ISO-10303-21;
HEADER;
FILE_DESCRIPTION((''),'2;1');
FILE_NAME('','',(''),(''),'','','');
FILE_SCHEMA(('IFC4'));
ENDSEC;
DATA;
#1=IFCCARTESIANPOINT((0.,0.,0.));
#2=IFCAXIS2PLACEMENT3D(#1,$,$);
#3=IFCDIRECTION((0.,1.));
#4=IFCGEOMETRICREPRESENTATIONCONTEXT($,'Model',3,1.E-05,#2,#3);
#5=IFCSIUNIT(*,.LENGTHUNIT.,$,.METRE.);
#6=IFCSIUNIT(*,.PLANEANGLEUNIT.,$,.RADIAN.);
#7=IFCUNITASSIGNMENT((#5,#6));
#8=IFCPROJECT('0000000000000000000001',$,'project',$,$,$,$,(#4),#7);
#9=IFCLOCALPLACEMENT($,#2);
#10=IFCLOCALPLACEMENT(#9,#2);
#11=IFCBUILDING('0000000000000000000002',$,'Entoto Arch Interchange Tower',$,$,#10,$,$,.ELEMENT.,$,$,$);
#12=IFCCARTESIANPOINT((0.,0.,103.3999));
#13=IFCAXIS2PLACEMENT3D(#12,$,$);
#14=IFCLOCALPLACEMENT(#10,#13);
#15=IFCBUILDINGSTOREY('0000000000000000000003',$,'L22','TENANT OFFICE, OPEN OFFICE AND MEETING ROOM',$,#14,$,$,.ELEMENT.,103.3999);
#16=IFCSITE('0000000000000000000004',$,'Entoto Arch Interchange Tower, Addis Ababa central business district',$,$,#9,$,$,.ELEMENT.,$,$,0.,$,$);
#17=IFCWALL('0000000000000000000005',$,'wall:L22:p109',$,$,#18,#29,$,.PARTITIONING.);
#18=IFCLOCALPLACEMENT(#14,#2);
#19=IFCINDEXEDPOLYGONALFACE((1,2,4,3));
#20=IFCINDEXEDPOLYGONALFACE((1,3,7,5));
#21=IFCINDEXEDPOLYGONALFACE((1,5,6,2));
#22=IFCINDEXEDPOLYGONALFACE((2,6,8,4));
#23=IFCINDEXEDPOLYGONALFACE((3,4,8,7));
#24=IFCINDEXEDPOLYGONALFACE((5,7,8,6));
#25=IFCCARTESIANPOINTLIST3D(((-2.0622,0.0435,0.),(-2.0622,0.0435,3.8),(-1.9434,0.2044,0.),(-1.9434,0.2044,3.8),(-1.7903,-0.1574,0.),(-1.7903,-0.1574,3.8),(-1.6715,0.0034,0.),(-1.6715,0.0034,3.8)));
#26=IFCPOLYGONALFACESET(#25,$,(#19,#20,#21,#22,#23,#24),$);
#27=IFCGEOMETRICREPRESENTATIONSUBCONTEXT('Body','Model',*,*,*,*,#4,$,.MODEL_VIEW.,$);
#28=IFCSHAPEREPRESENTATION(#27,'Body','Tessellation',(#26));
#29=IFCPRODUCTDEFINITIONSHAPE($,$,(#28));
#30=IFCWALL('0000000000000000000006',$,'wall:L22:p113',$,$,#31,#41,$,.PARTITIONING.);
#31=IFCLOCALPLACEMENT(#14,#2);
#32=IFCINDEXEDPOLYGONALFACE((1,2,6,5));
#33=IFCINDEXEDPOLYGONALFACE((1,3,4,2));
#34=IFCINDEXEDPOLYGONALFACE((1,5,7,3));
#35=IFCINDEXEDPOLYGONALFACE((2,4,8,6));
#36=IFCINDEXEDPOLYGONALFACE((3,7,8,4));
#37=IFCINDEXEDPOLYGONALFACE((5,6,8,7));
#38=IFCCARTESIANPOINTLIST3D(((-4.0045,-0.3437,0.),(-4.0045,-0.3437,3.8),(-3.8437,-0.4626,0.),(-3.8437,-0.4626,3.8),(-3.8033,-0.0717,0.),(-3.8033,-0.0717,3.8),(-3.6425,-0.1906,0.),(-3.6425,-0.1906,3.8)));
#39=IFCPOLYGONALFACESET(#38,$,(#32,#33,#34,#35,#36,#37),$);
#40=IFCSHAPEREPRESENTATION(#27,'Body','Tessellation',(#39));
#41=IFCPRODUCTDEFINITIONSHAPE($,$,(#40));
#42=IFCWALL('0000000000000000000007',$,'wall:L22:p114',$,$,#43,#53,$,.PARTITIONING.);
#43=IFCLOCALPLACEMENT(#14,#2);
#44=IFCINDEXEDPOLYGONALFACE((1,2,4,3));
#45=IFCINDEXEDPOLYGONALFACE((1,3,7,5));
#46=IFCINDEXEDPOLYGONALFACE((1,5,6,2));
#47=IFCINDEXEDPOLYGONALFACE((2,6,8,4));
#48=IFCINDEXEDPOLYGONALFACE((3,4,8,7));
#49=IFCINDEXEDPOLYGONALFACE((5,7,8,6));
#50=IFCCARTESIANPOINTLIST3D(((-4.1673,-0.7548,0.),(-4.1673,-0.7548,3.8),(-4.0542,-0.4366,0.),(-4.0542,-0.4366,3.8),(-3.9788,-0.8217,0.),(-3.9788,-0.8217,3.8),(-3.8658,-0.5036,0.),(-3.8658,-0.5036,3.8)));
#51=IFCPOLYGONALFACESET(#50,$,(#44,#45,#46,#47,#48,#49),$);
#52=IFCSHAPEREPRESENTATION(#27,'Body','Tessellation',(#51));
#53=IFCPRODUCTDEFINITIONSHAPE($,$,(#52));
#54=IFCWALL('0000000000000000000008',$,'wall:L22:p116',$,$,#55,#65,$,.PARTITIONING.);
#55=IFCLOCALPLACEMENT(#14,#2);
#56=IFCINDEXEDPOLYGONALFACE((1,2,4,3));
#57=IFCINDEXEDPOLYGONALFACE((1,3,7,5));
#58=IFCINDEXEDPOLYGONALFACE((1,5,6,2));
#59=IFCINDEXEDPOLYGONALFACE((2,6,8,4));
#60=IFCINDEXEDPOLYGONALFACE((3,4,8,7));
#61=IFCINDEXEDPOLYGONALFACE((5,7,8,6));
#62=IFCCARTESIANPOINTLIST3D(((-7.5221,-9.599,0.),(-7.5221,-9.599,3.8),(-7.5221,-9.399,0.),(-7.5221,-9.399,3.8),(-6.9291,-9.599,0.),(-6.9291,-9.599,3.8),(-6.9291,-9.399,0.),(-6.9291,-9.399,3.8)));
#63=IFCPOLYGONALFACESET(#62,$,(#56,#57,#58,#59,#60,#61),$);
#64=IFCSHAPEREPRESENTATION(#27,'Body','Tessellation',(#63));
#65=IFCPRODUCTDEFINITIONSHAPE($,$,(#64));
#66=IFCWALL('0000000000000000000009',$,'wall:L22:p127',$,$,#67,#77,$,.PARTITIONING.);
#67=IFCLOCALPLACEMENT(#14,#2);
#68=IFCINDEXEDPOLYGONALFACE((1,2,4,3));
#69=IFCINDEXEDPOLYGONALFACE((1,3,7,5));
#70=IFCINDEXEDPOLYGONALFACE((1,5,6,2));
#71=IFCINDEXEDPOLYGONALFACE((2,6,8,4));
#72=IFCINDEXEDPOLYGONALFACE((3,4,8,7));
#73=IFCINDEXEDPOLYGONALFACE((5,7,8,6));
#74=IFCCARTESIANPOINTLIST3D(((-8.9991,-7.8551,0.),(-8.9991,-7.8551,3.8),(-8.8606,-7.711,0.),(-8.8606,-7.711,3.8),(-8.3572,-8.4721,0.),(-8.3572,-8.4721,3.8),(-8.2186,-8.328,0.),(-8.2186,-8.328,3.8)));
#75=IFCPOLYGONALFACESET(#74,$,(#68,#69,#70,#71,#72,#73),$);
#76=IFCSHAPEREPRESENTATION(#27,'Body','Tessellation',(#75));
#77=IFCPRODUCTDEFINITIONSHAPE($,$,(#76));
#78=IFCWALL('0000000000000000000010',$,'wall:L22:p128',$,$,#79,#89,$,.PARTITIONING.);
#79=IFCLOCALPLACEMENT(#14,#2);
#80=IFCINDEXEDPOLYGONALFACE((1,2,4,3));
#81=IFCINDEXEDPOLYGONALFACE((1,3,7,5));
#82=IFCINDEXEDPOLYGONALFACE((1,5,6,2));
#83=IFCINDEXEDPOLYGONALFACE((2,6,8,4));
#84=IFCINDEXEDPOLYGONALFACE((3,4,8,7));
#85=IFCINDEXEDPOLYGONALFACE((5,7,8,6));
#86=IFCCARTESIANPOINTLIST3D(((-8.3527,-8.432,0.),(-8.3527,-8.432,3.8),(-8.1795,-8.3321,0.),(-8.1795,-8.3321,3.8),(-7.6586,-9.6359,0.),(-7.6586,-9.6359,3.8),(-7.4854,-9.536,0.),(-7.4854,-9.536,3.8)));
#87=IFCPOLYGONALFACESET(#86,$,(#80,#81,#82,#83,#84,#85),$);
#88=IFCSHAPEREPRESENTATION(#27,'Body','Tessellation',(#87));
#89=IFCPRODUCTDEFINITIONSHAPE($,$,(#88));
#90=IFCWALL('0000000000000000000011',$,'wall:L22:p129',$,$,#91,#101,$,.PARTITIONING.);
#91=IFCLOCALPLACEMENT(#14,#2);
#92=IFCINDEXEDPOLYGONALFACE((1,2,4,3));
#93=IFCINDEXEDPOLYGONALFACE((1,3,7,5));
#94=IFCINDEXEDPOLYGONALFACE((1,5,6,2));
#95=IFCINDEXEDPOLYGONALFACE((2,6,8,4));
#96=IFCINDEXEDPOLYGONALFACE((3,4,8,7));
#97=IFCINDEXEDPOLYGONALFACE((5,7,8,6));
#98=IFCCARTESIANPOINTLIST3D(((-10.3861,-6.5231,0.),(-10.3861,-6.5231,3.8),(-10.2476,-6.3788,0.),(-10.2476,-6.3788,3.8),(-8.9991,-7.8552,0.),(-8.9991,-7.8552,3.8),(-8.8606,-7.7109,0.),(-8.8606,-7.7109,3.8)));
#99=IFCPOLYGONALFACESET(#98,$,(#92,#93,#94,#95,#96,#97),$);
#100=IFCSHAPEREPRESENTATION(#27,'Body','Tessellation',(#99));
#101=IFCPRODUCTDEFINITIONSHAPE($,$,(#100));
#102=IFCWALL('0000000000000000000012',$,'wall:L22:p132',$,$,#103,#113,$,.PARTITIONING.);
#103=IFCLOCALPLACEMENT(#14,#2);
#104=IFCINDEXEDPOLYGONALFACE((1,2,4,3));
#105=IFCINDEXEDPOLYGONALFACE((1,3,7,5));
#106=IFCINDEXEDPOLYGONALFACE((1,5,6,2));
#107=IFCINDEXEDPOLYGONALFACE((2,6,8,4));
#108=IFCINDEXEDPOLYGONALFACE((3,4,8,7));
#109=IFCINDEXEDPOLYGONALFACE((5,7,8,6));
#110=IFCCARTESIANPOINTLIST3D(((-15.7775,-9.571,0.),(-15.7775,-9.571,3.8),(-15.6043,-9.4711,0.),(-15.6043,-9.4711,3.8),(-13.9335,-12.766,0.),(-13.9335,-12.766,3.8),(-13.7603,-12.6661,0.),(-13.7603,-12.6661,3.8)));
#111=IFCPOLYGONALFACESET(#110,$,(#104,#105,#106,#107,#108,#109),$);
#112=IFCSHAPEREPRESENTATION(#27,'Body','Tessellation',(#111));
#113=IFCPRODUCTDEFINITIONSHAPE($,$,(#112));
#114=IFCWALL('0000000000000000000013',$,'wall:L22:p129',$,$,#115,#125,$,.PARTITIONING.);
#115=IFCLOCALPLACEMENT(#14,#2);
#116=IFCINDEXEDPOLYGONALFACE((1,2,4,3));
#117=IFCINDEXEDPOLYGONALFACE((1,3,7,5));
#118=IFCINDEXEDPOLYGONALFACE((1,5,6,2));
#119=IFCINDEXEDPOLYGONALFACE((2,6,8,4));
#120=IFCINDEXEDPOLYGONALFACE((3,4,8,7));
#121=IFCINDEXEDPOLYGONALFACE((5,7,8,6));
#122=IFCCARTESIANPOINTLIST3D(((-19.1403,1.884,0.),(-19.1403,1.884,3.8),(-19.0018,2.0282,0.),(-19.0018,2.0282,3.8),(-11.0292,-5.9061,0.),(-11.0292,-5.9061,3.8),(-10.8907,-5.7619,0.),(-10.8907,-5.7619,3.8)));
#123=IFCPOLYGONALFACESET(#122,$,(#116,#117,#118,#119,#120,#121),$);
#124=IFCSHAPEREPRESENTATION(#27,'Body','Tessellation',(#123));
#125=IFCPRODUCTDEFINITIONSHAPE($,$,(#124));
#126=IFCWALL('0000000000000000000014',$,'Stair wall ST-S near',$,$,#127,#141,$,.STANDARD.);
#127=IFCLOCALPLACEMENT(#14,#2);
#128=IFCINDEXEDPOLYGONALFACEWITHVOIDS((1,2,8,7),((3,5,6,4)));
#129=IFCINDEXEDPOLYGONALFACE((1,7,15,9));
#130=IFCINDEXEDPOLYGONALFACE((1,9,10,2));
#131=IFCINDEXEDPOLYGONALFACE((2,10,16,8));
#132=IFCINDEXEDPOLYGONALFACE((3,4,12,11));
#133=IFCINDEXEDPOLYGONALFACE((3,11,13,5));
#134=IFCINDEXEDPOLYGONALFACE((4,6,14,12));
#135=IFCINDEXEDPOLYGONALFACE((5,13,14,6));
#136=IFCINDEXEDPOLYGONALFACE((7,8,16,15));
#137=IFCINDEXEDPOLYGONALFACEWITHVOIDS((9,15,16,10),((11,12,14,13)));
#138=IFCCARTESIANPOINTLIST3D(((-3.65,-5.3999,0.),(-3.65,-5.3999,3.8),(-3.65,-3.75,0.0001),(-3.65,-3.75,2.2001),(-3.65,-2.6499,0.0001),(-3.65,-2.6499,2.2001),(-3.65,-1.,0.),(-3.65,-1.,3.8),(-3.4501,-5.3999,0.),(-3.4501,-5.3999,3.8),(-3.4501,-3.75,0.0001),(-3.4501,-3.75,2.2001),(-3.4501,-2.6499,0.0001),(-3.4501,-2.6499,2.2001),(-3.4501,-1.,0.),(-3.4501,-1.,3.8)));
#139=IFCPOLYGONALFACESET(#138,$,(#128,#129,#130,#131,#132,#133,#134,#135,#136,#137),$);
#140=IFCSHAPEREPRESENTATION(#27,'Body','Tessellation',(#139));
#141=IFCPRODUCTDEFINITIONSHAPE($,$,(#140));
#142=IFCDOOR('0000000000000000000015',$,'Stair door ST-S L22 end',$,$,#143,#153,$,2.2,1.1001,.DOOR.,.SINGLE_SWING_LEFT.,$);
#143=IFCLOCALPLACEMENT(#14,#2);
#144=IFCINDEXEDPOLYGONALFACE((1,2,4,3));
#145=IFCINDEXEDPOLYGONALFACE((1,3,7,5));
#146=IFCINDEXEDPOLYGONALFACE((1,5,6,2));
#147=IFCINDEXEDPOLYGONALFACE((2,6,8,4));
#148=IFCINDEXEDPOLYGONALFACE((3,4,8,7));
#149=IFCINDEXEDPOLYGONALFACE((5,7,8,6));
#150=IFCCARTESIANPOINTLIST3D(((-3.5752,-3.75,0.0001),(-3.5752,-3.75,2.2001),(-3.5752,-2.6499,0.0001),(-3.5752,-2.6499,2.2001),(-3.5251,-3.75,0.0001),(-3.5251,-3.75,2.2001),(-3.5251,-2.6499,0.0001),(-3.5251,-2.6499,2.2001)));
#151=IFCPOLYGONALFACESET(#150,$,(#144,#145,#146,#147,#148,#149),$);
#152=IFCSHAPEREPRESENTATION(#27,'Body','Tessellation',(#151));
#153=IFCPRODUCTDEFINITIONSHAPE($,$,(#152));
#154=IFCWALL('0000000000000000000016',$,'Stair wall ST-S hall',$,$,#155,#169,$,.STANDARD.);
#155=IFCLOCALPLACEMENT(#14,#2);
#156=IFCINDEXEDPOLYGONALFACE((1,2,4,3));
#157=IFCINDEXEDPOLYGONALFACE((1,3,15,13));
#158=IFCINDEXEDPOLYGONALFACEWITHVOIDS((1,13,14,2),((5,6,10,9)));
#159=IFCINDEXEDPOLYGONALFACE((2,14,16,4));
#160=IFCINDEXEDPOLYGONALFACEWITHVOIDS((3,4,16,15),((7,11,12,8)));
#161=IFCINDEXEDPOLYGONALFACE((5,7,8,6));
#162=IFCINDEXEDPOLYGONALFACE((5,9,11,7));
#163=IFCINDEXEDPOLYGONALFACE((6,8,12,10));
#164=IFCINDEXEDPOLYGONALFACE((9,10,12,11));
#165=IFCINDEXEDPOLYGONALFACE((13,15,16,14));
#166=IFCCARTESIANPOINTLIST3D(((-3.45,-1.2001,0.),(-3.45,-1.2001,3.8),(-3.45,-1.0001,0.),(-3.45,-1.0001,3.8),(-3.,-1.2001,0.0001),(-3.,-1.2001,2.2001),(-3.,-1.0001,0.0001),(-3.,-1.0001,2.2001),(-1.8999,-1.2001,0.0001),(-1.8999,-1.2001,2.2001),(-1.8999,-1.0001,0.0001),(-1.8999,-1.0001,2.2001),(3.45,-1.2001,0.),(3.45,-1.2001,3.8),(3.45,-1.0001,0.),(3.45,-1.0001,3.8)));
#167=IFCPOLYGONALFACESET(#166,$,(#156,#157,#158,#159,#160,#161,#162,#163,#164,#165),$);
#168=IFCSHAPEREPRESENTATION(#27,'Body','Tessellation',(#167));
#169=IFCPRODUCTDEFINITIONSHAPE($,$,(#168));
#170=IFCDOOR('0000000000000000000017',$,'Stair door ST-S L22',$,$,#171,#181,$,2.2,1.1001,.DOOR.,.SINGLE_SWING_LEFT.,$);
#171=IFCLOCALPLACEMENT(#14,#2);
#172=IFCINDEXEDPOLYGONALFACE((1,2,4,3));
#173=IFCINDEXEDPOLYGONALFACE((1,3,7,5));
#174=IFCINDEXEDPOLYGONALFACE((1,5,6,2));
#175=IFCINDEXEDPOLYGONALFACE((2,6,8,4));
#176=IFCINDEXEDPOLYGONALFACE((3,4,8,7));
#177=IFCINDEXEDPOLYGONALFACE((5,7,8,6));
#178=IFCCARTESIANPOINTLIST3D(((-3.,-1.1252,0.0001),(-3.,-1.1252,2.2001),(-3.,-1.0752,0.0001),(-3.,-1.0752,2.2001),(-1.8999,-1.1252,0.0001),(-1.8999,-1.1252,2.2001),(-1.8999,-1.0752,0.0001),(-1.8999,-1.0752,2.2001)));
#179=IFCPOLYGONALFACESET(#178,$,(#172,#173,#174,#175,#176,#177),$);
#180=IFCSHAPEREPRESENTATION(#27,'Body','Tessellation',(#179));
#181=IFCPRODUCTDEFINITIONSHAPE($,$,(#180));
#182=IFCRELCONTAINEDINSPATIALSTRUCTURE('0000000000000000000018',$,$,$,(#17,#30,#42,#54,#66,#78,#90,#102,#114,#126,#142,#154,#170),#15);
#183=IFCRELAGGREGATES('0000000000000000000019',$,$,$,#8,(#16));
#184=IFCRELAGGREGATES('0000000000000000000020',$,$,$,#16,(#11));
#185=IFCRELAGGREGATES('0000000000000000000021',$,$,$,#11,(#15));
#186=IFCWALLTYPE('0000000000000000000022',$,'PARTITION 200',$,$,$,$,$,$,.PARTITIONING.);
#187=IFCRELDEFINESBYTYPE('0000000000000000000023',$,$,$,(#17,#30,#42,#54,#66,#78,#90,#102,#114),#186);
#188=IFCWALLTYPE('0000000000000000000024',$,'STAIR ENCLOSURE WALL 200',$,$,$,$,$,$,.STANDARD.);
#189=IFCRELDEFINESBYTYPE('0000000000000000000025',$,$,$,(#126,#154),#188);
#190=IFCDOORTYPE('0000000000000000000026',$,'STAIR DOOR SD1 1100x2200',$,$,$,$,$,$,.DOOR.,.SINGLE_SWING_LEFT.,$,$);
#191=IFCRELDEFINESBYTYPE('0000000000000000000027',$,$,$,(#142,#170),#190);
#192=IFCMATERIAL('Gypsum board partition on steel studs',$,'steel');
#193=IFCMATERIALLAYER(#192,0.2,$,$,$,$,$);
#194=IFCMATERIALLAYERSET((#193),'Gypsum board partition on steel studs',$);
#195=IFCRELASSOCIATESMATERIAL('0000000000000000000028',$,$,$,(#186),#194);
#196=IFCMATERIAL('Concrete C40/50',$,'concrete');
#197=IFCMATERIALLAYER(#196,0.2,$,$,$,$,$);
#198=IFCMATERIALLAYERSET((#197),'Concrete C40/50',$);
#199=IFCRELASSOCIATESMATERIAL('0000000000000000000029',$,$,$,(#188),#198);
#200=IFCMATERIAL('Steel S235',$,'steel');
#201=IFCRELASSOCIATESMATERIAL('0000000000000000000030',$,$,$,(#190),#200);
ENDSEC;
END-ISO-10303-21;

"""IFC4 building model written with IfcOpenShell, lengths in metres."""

from ifc_helpers import new_model, si_unit, direction, frame, frame_2d, origin, place, context, subcontext, project, spatial, rectangle, extrude, material, layer, layer_set, type_object, element, fill, save


model = new_model("IFC4")

# Units and contexts
model_context = context("Model", 3, precision=1e-05, world=origin(), true_north=direction((0.0, 1.0)))
body_context = subcontext(model_context, "Body", "Model", "MODEL_VIEW")
ifc_project = project(units=[si_unit("LENGTHUNIT", "METRE"), si_unit("PLANEANGLEUNIT", "RADIAN")], contexts=[model_context])

# Site, building, storey
site_placement = place(None, origin())
site = spatial("IfcSite", under=ifc_project, at=site_placement, Name="Entoto Arch Interchange Tower, Addis Ababa central business district", CompositionType="ELEMENT", RefElevation=0.0)
building_placement = place(site_placement, origin())
building = spatial("IfcBuilding", under=site, at=building_placement, Name="Entoto Arch Interchange Tower", CompositionType="ELEMENT")
storey_placement = place(building_placement, frame((0.0, 0.0, 103.3999)))
storey = spatial("IfcBuildingStorey", under=building, at=storey_placement, Name="L22", Description="TENANT OFFICE, OPEN OFFICE AND MEETING ROOM", CompositionType="ELEMENT", Elevation=103.3999)

# Shared definitions
ifc_material_1 = material(Name="Concrete C40/50", Category="concrete")
ifc_material_2 = material(Name="Gypsum board partition on steel studs", Category="steel")
ifc_layer_1 = layer(ifc_material_2, 0.2)
ifc_layer_set_1 = layer_set([ifc_layer_1], Name="Gypsum board partition on steel studs")
wall_type_1 = type_object("IfcWallType", Name="PARTITION 200", PredefinedType="PARTITIONING", material=ifc_layer_set_1)

# Walls
wall_1_placement = place(storey_placement, frame((-1.731, -0.0769, 0.0), z_axis=(0.0, 0.0, 1.0), x_axis=(-0.804311, 0.594208, 0.0)))
element("IfcWall", 1, at=wall_1_placement, inside=storey, type_object=wall_type_1, Name="wall:L22:p109", PredefinedType="PARTITIONING", context=body_context, shape_type="SweptSolid", body=[
    extrude(rectangle(XDim=0.3381, YDim=0.2, at=frame_2d((0.1689, 0.0))), origin(), (0.0, 0.0, 1.0), 3.8),
])
wall_2_placement = place(storey_placement, frame((-3.7229, -0.1311, 0.0), z_axis=(0.0, 0.0, 1.0), x_axis=(-0.594675, -0.803966, 0.0)))
element("IfcWall", 2, at=wall_2_placement, inside=storey, type_object=wall_type_1, Name="wall:L22:p113", PredefinedType="PARTITIONING", context=body_context, shape_type="SweptSolid", body=[
    extrude(rectangle(XDim=0.3384, YDim=0.2, at=frame_2d((0.1692, 0.0))), origin(), (0.0, 0.0, 1.0), 3.8),
])
wall_3_placement = place(storey_placement, frame((-3.96, -0.47, 0.0), z_axis=(0.0, 0.0, 1.0), x_axis=(-0.334824, -0.942281, 0.0)))
element("IfcWall", 3, at=wall_3_placement, inside=storey, type_object=wall_type_1, Name="wall:L22:p114", PredefinedType="PARTITIONING", context=body_context, shape_type="SweptSolid", body=[
    extrude(rectangle(XDim=0.3376, YDim=0.2, at=frame_2d((0.1689, 0.0))), origin(), (0.0, 0.0, 1.0), 3.8),
])
wall_4_placement = place(storey_placement, frame((-7.522, -9.499, 0.0), z_axis=(0.0, 0.0, 1.0), x_axis=(1.0, 0.0, 0.0)))
element("IfcWall", 4, at=wall_4_placement, inside=storey, type_object=wall_type_1, Name="wall:L22:p116", PredefinedType="PARTITIONING", context=body_context, shape_type="SweptSolid", body=[
    extrude(rectangle(XDim=0.593, YDim=0.2, at=frame_2d((0.2964, 0.0))), origin(), (0.0, 0.0, 1.0), 3.8),
])
wall_5_placement = place(storey_placement, frame((-8.9299, -7.783, 0.0), z_axis=(0.0, 0.0, 1.0), x_axis=(0.720954, -0.692983, 0.0)))
element("IfcWall", 5, at=wall_5_placement, inside=storey, type_object=wall_type_1, Name="wall:L22:p127", PredefinedType="PARTITIONING", context=body_context, shape_type="SweptSolid", body=[
    extrude(rectangle(XDim=0.8904, YDim=0.2, at=frame_2d((0.4453, 0.0))), origin(), (0.0, 0.0, 1.0), 3.8),
])
wall_6_placement = place(storey_placement, frame((-7.572, -9.5859, 0.0), z_axis=(0.0, 0.0, 1.0), x_axis=(-0.499484, 0.866323, 0.0)))
element("IfcWall", 6, at=wall_6_placement, inside=storey, type_object=wall_type_1, Name="wall:L22:p128", PredefinedType="PARTITIONING", context=body_context, shape_type="SweptSolid", body=[
    extrude(rectangle(XDim=1.3896, YDim=0.2, at=frame_2d((0.6948, 0.0))), origin(), (0.0, 0.0, 1.0), 3.8),
])
wall_7_placement = place(storey_placement, frame((-8.9299, -7.783, 0.0), z_axis=(0.0, 0.0, 1.0), x_axis=(-0.721245, 0.69268, 0.0)))
element("IfcWall", 7, at=wall_7_placement, inside=storey, type_object=wall_type_1, Name="wall:L22:p129", PredefinedType="PARTITIONING", context=body_context, shape_type="SweptSolid", body=[
    extrude(rectangle(XDim=1.9231, YDim=0.2, at=frame_2d((0.9614, 0.0))), origin(), (0.0, 0.0, 1.0), 3.8),
])
wall_8_placement = place(storey_placement, frame((-13.8469, -12.7161, 0.0), z_axis=(0.0, 0.0, 1.0), x_axis=(-0.499862, 0.866105, 0.0)))
element("IfcWall", 8, at=wall_8_placement, inside=storey, type_object=wall_type_1, Name="wall:L22:p132", PredefinedType="PARTITIONING", context=body_context, shape_type="SweptSolid", body=[
    extrude(rectangle(XDim=3.689, YDim=0.2, at=frame_2d((1.8445, 0.0))), origin(), (0.0, 0.0, 1.0), 3.8),
])
wall_9_placement = place(storey_placement, frame((-10.96, -5.834, 0.0), z_axis=(0.0, 0.0, 1.0), x_axis=(-0.721236, 0.692689, 0.0)))
element("IfcWall", 9, at=wall_9_placement, inside=storey, type_object=wall_type_1, Name="wall:L22:p129", PredefinedType="PARTITIONING", context=body_context, shape_type="SweptSolid", body=[
    extrude(rectangle(XDim=11.2461, YDim=0.2, at=frame_2d((5.623, 0.0))), origin(), (0.0, 0.0, 1.0), 3.8),
])

# Walls, openings, doors
ifc_layer_2 = layer(ifc_material_1, 0.2)
ifc_layer_set_2 = layer_set([ifc_layer_2], Name="Concrete C40/50")
wall_type_2 = type_object("IfcWallType", Name="STAIR ENCLOSURE WALL 200", PredefinedType="STANDARD", material=ifc_layer_set_2)
wall_10_placement = place(storey_placement, frame((-3.55, -1.0, 0.0), z_axis=(0.0, 0.0, 1.0), x_axis=(0.0, -1.0, 0.0)))
wall_10 = element("IfcWall", 10, at=wall_10_placement, inside=storey, type_object=wall_type_2, Name="Stair wall ST-S near", PredefinedType="STANDARD", context=body_context, shape_type="SweptSolid", body=[
    extrude(rectangle(XDim=4.3999, YDim=0.2, at=frame_2d((2.2, 0.0))), origin(), (0.0, 0.0, 1.0), 3.8),
])
opening_1_placement = place(wall_10_placement, frame((1.6499, 0.0, 0.0)))
opening_1 = element("IfcOpeningElement", 11, at=opening_1_placement, cuts=wall_10, PredefinedType="OPENING", context=body_context, shape_type="SweptSolid", body=[
    extrude(rectangle(XDim=1.1001, YDim=2.2, at=frame_2d((0.55, 1.1001))), frame((0.0, 0.1099, 0.0), z_axis=(0.0, -1.0, 0.0), x_axis=(1.0, 0.0, 0.0)), (0.0, 0.0, 1.0), 0.22),
])
ifc_material_3 = material(Name="Steel S235", Category="steel")
door_type_1 = type_object("IfcDoorType", Name="STAIR DOOR SD1 1100x2200", OperationType="SINGLE_SWING_LEFT", PredefinedType="DOOR", material=ifc_material_3)
door_1_placement = place(opening_1_placement, origin())
door_1 = element("IfcDoor", 12, at=door_1_placement, inside=storey, type_object=door_type_1, Name="Stair door ST-S L22 end", OperationType="SINGLE_SWING_LEFT", OverallHeight=2.2, OverallWidth=1.1001, PredefinedType="DOOR", context=body_context, shape_type="SweptSolid", body=[
    extrude(rectangle(XDim=1.1001, YDim=2.2, at=frame_2d((0.55, 1.1001))), frame((0.0, 0.0249, 0.0), z_axis=(0.0, -1.0, 0.0), x_axis=(1.0, 0.0, 0.0)), (0.0, 0.0, 1.0), 0.05),
])
fill(opening_1, door_1)
wall_11_placement = place(storey_placement, frame((-3.45, -1.1001, 0.0), z_axis=(0.0, 0.0, 1.0), x_axis=(1.0, 0.0, 0.0)))
wall_11 = element("IfcWall", 13, at=wall_11_placement, inside=storey, type_object=wall_type_2, Name="Stair wall ST-S hall", PredefinedType="STANDARD", context=body_context, shape_type="SweptSolid", body=[
    extrude(rectangle(XDim=6.8999, YDim=0.2, at=frame_2d((3.45, 0.0))), origin(), (0.0, 0.0, 1.0), 3.8),
])
opening_2_placement = place(wall_11_placement, frame((0.45, 0.0, 0.0)))
opening_2 = element("IfcOpeningElement", 14, at=opening_2_placement, cuts=wall_11, PredefinedType="OPENING", context=body_context, shape_type="SweptSolid", body=[
    extrude(rectangle(XDim=1.1001, YDim=2.2, at=frame_2d((0.55, 1.1001))), frame((0.0, 0.1099, 0.0), z_axis=(0.0, -1.0, 0.0), x_axis=(1.0, 0.0, 0.0)), (0.0, 0.0, 1.0), 0.22),
])
door_2_placement = place(opening_2_placement, origin())
door_2 = element("IfcDoor", 15, at=door_2_placement, inside=storey, type_object=door_type_1, Name="Stair door ST-S L22", OperationType="SINGLE_SWING_LEFT", OverallHeight=2.2, OverallWidth=1.1001, PredefinedType="DOOR", context=body_context, shape_type="SweptSolid", body=[
    extrude(rectangle(XDim=1.1001, YDim=2.2, at=frame_2d((0.55, 1.1001))), frame((0.0, 0.0249, 0.0), z_axis=(0.0, -1.0, 0.0), x_axis=(1.0, 0.0, 0.0)), (0.0, 0.0, 1.0), 0.05),
])
fill(opening_2, door_2)

save(model, "model.ifc")
